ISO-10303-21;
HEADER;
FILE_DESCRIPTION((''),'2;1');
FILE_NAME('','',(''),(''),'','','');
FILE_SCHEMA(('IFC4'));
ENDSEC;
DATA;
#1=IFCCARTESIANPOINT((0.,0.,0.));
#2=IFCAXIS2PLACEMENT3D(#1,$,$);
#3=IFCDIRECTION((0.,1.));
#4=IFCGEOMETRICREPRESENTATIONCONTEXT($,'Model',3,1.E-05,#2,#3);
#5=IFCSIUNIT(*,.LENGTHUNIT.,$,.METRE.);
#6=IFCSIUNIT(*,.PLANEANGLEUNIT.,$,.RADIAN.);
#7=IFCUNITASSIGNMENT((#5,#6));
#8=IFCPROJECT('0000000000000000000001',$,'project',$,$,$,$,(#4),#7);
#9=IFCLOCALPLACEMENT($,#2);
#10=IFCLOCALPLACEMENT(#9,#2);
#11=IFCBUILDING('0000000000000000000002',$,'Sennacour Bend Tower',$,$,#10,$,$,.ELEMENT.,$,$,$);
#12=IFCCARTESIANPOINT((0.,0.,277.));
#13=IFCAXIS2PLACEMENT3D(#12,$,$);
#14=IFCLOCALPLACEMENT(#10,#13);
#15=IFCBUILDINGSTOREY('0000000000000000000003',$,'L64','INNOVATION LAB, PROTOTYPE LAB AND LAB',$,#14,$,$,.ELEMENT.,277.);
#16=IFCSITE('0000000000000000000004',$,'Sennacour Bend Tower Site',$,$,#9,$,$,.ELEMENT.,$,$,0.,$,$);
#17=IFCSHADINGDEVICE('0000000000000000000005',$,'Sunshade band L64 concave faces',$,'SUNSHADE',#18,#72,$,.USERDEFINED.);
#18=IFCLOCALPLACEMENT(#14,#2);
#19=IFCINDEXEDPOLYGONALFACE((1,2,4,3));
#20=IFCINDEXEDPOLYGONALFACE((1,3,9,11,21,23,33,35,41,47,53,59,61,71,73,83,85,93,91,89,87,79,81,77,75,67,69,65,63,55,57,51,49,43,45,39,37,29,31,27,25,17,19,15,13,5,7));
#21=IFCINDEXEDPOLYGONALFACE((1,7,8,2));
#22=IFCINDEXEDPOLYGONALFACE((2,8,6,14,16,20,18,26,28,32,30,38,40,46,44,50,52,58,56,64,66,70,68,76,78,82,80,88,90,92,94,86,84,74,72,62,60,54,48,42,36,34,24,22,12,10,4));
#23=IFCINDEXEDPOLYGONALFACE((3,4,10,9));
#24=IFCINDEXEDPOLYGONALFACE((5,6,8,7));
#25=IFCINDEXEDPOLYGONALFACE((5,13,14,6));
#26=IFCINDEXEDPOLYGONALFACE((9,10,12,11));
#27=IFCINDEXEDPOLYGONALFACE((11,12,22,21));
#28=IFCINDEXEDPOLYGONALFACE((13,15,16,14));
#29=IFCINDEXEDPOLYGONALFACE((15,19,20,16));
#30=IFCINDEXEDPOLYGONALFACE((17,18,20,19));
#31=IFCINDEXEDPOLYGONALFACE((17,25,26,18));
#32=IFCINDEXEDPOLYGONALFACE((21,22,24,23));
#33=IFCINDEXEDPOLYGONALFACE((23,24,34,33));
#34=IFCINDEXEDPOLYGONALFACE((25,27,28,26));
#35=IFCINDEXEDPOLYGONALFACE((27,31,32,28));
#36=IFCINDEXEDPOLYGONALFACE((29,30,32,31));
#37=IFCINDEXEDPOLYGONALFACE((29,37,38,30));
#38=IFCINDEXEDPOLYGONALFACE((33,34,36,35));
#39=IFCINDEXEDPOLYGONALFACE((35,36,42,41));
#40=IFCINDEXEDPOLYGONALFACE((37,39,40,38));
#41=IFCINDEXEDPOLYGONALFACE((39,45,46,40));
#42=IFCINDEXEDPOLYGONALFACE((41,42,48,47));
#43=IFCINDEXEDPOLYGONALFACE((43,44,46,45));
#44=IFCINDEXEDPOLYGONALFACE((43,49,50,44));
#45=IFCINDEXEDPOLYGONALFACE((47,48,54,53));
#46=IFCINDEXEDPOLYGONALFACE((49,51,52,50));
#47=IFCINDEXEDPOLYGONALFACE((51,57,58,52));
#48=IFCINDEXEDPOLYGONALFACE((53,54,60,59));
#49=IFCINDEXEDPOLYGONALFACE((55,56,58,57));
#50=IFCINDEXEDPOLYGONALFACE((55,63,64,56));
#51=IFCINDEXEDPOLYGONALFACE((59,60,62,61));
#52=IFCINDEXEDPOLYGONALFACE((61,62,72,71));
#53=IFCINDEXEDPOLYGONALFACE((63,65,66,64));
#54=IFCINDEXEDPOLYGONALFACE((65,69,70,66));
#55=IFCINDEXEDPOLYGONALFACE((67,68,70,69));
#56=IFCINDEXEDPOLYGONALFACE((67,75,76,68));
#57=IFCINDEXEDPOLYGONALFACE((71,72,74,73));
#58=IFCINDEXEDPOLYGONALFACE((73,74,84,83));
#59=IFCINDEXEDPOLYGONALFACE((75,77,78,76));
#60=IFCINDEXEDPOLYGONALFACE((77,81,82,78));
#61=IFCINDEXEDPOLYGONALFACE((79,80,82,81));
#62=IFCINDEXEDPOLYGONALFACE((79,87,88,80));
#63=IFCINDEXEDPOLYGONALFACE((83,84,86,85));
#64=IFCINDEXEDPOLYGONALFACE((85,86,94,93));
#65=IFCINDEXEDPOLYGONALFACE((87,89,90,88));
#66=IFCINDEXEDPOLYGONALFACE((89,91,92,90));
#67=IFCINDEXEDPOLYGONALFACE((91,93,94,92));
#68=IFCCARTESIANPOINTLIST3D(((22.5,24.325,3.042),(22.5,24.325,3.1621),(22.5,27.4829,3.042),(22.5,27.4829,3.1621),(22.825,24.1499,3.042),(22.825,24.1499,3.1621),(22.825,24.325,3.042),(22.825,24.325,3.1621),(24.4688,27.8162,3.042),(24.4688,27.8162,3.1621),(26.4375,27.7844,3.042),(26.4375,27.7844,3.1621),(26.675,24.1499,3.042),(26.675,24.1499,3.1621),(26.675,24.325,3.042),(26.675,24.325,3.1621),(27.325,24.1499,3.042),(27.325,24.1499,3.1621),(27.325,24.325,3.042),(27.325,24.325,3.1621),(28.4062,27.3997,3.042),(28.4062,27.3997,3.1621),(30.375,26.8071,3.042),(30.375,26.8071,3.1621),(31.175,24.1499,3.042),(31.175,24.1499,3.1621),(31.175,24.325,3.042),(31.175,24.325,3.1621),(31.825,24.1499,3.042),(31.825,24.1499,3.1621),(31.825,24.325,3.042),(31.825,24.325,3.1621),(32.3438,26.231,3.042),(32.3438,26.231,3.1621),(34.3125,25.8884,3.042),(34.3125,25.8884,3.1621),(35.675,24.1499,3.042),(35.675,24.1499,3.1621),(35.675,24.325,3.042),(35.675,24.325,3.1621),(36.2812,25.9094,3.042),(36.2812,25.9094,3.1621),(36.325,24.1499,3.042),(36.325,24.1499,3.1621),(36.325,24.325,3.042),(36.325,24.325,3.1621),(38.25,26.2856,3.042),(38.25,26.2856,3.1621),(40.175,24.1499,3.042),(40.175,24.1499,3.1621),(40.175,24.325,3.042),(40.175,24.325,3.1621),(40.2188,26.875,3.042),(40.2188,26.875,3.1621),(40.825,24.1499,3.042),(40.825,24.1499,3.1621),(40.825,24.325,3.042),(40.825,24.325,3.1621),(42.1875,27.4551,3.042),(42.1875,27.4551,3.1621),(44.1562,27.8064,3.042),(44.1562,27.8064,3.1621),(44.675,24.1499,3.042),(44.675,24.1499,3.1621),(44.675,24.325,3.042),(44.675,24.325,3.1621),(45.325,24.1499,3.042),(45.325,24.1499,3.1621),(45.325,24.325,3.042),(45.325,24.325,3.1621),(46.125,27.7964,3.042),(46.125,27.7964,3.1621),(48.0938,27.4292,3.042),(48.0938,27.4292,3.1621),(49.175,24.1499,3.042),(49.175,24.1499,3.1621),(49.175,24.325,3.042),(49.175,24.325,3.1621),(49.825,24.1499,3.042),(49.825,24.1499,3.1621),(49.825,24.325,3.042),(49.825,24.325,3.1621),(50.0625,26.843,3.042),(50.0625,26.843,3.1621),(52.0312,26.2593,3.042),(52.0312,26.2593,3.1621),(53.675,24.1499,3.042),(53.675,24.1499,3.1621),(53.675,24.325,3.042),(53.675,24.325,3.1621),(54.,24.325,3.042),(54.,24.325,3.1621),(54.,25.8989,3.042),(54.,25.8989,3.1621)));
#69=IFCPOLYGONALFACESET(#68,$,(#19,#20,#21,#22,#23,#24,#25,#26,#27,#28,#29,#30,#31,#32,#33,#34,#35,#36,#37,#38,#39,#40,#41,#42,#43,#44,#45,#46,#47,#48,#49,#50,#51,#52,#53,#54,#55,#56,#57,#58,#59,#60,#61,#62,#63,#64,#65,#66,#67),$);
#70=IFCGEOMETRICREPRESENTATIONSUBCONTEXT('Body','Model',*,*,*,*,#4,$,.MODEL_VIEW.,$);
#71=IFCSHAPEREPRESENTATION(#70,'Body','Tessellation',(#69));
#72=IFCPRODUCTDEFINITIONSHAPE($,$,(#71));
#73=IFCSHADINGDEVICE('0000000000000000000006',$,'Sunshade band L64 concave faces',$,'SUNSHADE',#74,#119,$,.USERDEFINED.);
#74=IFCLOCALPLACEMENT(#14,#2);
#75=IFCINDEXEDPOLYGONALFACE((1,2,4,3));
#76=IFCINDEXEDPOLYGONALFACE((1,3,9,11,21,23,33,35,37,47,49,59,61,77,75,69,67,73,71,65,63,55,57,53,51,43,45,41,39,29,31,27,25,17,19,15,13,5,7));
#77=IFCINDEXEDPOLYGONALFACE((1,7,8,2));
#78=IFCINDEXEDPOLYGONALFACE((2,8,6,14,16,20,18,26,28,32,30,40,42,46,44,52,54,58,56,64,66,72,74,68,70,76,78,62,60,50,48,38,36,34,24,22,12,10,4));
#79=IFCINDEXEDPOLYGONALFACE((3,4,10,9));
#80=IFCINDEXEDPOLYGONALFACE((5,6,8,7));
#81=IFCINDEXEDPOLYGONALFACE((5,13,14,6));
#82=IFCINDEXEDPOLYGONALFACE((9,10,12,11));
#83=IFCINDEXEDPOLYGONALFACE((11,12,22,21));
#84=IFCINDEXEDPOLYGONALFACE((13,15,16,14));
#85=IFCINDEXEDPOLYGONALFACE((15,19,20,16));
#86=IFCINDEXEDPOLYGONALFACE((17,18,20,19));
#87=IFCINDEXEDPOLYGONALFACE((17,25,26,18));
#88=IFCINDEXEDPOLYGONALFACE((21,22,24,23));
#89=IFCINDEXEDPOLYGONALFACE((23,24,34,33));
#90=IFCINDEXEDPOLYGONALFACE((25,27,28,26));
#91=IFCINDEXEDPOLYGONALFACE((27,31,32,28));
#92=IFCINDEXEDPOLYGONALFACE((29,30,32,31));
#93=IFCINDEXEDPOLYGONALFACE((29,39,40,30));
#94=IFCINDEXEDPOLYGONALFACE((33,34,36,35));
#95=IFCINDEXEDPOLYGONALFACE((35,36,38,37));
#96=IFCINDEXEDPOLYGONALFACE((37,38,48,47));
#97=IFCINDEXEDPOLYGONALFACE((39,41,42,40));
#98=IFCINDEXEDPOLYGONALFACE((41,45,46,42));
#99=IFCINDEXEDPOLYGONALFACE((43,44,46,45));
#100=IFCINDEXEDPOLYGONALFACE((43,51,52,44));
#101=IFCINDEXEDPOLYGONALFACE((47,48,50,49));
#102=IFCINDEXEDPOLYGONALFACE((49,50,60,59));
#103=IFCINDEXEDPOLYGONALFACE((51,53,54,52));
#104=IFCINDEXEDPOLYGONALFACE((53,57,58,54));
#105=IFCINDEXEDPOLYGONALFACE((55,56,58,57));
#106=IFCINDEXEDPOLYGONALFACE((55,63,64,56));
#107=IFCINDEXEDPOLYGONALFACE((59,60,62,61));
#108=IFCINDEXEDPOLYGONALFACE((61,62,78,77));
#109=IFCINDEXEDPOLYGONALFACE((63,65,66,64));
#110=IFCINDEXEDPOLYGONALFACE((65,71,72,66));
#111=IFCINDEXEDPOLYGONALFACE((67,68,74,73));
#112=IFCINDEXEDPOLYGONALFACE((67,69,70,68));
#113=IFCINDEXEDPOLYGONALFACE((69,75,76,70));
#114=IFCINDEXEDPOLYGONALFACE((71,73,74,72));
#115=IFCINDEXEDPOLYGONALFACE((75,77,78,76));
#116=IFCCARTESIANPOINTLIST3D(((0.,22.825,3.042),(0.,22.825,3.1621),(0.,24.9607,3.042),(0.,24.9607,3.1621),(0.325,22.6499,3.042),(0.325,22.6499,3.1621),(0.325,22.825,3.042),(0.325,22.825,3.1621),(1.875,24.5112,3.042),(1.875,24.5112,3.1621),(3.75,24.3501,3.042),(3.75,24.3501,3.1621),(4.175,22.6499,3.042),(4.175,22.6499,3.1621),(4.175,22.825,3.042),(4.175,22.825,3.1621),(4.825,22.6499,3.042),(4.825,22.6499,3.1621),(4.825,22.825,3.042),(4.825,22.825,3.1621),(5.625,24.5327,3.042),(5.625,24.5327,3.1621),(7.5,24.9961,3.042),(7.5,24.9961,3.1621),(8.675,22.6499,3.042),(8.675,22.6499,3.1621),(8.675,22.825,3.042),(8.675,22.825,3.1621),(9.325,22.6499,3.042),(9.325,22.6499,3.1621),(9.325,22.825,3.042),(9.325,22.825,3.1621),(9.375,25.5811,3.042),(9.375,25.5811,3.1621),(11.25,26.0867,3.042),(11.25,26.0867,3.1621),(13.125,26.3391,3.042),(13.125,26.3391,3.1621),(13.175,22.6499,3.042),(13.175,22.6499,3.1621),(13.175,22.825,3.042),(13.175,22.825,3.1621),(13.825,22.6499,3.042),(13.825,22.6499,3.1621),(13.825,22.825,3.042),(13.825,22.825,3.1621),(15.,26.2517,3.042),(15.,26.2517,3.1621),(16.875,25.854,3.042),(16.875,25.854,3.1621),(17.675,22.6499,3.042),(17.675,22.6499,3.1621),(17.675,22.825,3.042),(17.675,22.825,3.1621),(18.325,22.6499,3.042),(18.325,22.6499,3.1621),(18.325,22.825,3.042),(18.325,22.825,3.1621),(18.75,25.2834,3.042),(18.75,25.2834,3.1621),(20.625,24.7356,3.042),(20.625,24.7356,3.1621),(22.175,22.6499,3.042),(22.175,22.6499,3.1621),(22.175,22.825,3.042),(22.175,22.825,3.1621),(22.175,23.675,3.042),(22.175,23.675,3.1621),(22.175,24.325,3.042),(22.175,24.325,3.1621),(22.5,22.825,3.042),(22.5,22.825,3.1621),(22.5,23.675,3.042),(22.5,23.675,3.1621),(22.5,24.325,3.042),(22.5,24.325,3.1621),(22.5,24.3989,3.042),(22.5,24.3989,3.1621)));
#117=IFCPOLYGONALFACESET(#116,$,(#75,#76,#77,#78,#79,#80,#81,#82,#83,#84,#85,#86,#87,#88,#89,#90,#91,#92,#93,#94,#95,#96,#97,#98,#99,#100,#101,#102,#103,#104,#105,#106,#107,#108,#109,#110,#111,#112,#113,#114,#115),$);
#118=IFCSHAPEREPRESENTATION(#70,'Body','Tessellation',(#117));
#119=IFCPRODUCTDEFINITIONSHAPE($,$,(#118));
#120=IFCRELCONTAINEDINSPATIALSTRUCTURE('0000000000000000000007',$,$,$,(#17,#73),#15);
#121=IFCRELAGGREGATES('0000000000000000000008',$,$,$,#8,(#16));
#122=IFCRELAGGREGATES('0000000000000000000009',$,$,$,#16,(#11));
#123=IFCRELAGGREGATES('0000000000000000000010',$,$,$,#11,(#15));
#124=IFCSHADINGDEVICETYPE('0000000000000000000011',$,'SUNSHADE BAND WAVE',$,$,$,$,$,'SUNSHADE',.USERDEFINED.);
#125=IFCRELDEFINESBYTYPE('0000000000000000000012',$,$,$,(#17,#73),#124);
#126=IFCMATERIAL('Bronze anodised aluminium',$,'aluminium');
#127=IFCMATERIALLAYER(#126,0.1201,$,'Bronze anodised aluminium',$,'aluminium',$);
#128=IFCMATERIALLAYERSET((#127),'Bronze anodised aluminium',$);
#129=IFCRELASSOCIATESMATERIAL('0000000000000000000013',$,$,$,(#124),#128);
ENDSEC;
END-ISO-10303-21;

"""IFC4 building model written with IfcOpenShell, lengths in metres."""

from ifc_helpers import new_model, si_unit, direction, frame, origin, place, context, subcontext, project, spatial, polyline, outline, extrude, material, layer, layer_set, type_object, element, save


model = new_model("IFC4")

# Units and contexts
model_context = context("Model", 3, precision=1e-05, world=origin(), true_north=direction((0.0, 1.0)))
body_context = subcontext(model_context, "Body", "Model", "MODEL_VIEW")
ifc_project = project(units=[si_unit("LENGTHUNIT", "METRE"), si_unit("PLANEANGLEUNIT", "RADIAN")], contexts=[model_context])

# Site, building, storey
site_placement = place(None, origin())
site = spatial("IfcSite", under=ifc_project, at=site_placement, Name="Sennacour Bend Tower Site", CompositionType="ELEMENT", RefElevation=0.0)
building_placement = place(site_placement, origin())
building = spatial("IfcBuilding", under=site, at=building_placement, Name="Sennacour Bend Tower", CompositionType="ELEMENT")
storey_placement = place(building_placement, frame((0.0, 0.0, 277.0)))
storey = spatial("IfcBuildingStorey", under=building, at=storey_placement, Name="L64", Description="INNOVATION LAB, PROTOTYPE LAB AND LAB", CompositionType="ELEMENT", Elevation=277.0)

# Shading devices
ifc_material_1 = material(Name="Bronze anodised aluminium", Category="aluminium")
ifc_layer_1 = layer(ifc_material_1, 0.1201, Name="Bronze anodised aluminium", Category="aluminium")
ifc_layer_set_1 = layer_set([ifc_layer_1], Name="Bronze anodised aluminium")
shading_device_type_1 = type_object("IfcShadingDeviceType", Name="SUNSHADE BAND WAVE", ElementType="SUNSHADE", PredefinedType="USERDEFINED", material=ifc_layer_set_1)
shading_device_1_placement = place(storey_placement, frame((0.0, 0.0, 3.042)))
element("IfcShadingDevice", 1, at=shading_device_1_placement, inside=storey, type_object=shading_device_type_1, Name="Sunshade band L64 concave faces", ObjectType="SUNSHADE", PredefinedType="USERDEFINED", context=body_context, shape_type="SweptSolid", body=[
    extrude(outline(polyline([(53.675, 24.1499), (49.825, 24.1499), (49.825, 24.325), (49.175, 24.325), (49.175, 24.1499), (45.325, 24.1499), (45.325, 24.325), (44.675, 24.325), (44.675, 24.1499), (40.825, 24.1499), (40.825, 24.325), (40.175, 24.325), (40.175, 24.1499), (36.325, 24.1499), (36.325, 24.325), (35.675, 24.325), (35.675, 24.1499), (31.825, 24.1499), (31.825, 24.325), (31.175, 24.325), (31.175, 24.1499), (27.325, 24.1499), (27.325, 24.325), (26.675, 24.325), (26.675, 24.1499), (22.825, 24.1499), (22.825, 24.325), (22.5, 24.325), (22.5, 27.4829), (24.4688, 27.8162), (26.4375, 27.7844), (28.4062, 27.3997), (30.375, 26.8071), (32.3438, 26.231), (34.3125, 25.8884), (36.2812, 25.9094), (38.25, 26.2856), (40.2188, 26.875), (42.1875, 27.4551), (44.1562, 27.8064), (46.125, 27.7964), (48.0938, 27.4292), (50.0625, 26.843), (52.0312, 26.2593), (54.0, 25.8989), (54.0, 24.325), (53.675, 24.325), (53.675, 24.1499)])), origin(), (0.0, 0.0, 1.0), 0.1201),
])
shading_device_2_placement = place(storey_placement, frame((0.0, 0.0, 3.042)))
element("IfcShadingDevice", 2, at=shading_device_2_placement, inside=storey, type_object=shading_device_type_1, Name="Sunshade band L64 concave faces", ObjectType="SUNSHADE", PredefinedType="USERDEFINED", context=body_context, shape_type="SweptSolid", body=[
    extrude(outline(polyline([(22.175, 22.6499), (18.325, 22.6499), (18.325, 22.825), (17.675, 22.825), (17.675, 22.6499), (13.825, 22.6499), (13.825, 22.825), (13.175, 22.825), (13.175, 22.6499), (9.325, 22.6499), (9.325, 22.825), (8.675, 22.825), (8.675, 22.6499), (4.825, 22.6499), (4.825, 22.825), (4.175, 22.825), (4.175, 22.6499), (0.325, 22.6499), (0.325, 22.825), (0.0, 22.825), (0.0, 24.9607), (1.875, 24.5112), (3.75, 24.3501), (5.625, 24.5327), (7.5, 24.9961), (9.375, 25.5811), (11.25, 26.0867), (13.125, 26.3391), (15.0, 26.2517), (16.875, 25.854), (18.75, 25.2834), (20.625, 24.7356), (22.5, 24.3989), (22.5, 24.325), (22.175, 24.325), (22.175, 23.675), (22.5, 23.675), (22.5, 22.825), (22.175, 22.825), (22.175, 22.6499)])), origin(), (0.0, 0.0, 1.0), 0.1201),
])

save(model, "model.ifc")
